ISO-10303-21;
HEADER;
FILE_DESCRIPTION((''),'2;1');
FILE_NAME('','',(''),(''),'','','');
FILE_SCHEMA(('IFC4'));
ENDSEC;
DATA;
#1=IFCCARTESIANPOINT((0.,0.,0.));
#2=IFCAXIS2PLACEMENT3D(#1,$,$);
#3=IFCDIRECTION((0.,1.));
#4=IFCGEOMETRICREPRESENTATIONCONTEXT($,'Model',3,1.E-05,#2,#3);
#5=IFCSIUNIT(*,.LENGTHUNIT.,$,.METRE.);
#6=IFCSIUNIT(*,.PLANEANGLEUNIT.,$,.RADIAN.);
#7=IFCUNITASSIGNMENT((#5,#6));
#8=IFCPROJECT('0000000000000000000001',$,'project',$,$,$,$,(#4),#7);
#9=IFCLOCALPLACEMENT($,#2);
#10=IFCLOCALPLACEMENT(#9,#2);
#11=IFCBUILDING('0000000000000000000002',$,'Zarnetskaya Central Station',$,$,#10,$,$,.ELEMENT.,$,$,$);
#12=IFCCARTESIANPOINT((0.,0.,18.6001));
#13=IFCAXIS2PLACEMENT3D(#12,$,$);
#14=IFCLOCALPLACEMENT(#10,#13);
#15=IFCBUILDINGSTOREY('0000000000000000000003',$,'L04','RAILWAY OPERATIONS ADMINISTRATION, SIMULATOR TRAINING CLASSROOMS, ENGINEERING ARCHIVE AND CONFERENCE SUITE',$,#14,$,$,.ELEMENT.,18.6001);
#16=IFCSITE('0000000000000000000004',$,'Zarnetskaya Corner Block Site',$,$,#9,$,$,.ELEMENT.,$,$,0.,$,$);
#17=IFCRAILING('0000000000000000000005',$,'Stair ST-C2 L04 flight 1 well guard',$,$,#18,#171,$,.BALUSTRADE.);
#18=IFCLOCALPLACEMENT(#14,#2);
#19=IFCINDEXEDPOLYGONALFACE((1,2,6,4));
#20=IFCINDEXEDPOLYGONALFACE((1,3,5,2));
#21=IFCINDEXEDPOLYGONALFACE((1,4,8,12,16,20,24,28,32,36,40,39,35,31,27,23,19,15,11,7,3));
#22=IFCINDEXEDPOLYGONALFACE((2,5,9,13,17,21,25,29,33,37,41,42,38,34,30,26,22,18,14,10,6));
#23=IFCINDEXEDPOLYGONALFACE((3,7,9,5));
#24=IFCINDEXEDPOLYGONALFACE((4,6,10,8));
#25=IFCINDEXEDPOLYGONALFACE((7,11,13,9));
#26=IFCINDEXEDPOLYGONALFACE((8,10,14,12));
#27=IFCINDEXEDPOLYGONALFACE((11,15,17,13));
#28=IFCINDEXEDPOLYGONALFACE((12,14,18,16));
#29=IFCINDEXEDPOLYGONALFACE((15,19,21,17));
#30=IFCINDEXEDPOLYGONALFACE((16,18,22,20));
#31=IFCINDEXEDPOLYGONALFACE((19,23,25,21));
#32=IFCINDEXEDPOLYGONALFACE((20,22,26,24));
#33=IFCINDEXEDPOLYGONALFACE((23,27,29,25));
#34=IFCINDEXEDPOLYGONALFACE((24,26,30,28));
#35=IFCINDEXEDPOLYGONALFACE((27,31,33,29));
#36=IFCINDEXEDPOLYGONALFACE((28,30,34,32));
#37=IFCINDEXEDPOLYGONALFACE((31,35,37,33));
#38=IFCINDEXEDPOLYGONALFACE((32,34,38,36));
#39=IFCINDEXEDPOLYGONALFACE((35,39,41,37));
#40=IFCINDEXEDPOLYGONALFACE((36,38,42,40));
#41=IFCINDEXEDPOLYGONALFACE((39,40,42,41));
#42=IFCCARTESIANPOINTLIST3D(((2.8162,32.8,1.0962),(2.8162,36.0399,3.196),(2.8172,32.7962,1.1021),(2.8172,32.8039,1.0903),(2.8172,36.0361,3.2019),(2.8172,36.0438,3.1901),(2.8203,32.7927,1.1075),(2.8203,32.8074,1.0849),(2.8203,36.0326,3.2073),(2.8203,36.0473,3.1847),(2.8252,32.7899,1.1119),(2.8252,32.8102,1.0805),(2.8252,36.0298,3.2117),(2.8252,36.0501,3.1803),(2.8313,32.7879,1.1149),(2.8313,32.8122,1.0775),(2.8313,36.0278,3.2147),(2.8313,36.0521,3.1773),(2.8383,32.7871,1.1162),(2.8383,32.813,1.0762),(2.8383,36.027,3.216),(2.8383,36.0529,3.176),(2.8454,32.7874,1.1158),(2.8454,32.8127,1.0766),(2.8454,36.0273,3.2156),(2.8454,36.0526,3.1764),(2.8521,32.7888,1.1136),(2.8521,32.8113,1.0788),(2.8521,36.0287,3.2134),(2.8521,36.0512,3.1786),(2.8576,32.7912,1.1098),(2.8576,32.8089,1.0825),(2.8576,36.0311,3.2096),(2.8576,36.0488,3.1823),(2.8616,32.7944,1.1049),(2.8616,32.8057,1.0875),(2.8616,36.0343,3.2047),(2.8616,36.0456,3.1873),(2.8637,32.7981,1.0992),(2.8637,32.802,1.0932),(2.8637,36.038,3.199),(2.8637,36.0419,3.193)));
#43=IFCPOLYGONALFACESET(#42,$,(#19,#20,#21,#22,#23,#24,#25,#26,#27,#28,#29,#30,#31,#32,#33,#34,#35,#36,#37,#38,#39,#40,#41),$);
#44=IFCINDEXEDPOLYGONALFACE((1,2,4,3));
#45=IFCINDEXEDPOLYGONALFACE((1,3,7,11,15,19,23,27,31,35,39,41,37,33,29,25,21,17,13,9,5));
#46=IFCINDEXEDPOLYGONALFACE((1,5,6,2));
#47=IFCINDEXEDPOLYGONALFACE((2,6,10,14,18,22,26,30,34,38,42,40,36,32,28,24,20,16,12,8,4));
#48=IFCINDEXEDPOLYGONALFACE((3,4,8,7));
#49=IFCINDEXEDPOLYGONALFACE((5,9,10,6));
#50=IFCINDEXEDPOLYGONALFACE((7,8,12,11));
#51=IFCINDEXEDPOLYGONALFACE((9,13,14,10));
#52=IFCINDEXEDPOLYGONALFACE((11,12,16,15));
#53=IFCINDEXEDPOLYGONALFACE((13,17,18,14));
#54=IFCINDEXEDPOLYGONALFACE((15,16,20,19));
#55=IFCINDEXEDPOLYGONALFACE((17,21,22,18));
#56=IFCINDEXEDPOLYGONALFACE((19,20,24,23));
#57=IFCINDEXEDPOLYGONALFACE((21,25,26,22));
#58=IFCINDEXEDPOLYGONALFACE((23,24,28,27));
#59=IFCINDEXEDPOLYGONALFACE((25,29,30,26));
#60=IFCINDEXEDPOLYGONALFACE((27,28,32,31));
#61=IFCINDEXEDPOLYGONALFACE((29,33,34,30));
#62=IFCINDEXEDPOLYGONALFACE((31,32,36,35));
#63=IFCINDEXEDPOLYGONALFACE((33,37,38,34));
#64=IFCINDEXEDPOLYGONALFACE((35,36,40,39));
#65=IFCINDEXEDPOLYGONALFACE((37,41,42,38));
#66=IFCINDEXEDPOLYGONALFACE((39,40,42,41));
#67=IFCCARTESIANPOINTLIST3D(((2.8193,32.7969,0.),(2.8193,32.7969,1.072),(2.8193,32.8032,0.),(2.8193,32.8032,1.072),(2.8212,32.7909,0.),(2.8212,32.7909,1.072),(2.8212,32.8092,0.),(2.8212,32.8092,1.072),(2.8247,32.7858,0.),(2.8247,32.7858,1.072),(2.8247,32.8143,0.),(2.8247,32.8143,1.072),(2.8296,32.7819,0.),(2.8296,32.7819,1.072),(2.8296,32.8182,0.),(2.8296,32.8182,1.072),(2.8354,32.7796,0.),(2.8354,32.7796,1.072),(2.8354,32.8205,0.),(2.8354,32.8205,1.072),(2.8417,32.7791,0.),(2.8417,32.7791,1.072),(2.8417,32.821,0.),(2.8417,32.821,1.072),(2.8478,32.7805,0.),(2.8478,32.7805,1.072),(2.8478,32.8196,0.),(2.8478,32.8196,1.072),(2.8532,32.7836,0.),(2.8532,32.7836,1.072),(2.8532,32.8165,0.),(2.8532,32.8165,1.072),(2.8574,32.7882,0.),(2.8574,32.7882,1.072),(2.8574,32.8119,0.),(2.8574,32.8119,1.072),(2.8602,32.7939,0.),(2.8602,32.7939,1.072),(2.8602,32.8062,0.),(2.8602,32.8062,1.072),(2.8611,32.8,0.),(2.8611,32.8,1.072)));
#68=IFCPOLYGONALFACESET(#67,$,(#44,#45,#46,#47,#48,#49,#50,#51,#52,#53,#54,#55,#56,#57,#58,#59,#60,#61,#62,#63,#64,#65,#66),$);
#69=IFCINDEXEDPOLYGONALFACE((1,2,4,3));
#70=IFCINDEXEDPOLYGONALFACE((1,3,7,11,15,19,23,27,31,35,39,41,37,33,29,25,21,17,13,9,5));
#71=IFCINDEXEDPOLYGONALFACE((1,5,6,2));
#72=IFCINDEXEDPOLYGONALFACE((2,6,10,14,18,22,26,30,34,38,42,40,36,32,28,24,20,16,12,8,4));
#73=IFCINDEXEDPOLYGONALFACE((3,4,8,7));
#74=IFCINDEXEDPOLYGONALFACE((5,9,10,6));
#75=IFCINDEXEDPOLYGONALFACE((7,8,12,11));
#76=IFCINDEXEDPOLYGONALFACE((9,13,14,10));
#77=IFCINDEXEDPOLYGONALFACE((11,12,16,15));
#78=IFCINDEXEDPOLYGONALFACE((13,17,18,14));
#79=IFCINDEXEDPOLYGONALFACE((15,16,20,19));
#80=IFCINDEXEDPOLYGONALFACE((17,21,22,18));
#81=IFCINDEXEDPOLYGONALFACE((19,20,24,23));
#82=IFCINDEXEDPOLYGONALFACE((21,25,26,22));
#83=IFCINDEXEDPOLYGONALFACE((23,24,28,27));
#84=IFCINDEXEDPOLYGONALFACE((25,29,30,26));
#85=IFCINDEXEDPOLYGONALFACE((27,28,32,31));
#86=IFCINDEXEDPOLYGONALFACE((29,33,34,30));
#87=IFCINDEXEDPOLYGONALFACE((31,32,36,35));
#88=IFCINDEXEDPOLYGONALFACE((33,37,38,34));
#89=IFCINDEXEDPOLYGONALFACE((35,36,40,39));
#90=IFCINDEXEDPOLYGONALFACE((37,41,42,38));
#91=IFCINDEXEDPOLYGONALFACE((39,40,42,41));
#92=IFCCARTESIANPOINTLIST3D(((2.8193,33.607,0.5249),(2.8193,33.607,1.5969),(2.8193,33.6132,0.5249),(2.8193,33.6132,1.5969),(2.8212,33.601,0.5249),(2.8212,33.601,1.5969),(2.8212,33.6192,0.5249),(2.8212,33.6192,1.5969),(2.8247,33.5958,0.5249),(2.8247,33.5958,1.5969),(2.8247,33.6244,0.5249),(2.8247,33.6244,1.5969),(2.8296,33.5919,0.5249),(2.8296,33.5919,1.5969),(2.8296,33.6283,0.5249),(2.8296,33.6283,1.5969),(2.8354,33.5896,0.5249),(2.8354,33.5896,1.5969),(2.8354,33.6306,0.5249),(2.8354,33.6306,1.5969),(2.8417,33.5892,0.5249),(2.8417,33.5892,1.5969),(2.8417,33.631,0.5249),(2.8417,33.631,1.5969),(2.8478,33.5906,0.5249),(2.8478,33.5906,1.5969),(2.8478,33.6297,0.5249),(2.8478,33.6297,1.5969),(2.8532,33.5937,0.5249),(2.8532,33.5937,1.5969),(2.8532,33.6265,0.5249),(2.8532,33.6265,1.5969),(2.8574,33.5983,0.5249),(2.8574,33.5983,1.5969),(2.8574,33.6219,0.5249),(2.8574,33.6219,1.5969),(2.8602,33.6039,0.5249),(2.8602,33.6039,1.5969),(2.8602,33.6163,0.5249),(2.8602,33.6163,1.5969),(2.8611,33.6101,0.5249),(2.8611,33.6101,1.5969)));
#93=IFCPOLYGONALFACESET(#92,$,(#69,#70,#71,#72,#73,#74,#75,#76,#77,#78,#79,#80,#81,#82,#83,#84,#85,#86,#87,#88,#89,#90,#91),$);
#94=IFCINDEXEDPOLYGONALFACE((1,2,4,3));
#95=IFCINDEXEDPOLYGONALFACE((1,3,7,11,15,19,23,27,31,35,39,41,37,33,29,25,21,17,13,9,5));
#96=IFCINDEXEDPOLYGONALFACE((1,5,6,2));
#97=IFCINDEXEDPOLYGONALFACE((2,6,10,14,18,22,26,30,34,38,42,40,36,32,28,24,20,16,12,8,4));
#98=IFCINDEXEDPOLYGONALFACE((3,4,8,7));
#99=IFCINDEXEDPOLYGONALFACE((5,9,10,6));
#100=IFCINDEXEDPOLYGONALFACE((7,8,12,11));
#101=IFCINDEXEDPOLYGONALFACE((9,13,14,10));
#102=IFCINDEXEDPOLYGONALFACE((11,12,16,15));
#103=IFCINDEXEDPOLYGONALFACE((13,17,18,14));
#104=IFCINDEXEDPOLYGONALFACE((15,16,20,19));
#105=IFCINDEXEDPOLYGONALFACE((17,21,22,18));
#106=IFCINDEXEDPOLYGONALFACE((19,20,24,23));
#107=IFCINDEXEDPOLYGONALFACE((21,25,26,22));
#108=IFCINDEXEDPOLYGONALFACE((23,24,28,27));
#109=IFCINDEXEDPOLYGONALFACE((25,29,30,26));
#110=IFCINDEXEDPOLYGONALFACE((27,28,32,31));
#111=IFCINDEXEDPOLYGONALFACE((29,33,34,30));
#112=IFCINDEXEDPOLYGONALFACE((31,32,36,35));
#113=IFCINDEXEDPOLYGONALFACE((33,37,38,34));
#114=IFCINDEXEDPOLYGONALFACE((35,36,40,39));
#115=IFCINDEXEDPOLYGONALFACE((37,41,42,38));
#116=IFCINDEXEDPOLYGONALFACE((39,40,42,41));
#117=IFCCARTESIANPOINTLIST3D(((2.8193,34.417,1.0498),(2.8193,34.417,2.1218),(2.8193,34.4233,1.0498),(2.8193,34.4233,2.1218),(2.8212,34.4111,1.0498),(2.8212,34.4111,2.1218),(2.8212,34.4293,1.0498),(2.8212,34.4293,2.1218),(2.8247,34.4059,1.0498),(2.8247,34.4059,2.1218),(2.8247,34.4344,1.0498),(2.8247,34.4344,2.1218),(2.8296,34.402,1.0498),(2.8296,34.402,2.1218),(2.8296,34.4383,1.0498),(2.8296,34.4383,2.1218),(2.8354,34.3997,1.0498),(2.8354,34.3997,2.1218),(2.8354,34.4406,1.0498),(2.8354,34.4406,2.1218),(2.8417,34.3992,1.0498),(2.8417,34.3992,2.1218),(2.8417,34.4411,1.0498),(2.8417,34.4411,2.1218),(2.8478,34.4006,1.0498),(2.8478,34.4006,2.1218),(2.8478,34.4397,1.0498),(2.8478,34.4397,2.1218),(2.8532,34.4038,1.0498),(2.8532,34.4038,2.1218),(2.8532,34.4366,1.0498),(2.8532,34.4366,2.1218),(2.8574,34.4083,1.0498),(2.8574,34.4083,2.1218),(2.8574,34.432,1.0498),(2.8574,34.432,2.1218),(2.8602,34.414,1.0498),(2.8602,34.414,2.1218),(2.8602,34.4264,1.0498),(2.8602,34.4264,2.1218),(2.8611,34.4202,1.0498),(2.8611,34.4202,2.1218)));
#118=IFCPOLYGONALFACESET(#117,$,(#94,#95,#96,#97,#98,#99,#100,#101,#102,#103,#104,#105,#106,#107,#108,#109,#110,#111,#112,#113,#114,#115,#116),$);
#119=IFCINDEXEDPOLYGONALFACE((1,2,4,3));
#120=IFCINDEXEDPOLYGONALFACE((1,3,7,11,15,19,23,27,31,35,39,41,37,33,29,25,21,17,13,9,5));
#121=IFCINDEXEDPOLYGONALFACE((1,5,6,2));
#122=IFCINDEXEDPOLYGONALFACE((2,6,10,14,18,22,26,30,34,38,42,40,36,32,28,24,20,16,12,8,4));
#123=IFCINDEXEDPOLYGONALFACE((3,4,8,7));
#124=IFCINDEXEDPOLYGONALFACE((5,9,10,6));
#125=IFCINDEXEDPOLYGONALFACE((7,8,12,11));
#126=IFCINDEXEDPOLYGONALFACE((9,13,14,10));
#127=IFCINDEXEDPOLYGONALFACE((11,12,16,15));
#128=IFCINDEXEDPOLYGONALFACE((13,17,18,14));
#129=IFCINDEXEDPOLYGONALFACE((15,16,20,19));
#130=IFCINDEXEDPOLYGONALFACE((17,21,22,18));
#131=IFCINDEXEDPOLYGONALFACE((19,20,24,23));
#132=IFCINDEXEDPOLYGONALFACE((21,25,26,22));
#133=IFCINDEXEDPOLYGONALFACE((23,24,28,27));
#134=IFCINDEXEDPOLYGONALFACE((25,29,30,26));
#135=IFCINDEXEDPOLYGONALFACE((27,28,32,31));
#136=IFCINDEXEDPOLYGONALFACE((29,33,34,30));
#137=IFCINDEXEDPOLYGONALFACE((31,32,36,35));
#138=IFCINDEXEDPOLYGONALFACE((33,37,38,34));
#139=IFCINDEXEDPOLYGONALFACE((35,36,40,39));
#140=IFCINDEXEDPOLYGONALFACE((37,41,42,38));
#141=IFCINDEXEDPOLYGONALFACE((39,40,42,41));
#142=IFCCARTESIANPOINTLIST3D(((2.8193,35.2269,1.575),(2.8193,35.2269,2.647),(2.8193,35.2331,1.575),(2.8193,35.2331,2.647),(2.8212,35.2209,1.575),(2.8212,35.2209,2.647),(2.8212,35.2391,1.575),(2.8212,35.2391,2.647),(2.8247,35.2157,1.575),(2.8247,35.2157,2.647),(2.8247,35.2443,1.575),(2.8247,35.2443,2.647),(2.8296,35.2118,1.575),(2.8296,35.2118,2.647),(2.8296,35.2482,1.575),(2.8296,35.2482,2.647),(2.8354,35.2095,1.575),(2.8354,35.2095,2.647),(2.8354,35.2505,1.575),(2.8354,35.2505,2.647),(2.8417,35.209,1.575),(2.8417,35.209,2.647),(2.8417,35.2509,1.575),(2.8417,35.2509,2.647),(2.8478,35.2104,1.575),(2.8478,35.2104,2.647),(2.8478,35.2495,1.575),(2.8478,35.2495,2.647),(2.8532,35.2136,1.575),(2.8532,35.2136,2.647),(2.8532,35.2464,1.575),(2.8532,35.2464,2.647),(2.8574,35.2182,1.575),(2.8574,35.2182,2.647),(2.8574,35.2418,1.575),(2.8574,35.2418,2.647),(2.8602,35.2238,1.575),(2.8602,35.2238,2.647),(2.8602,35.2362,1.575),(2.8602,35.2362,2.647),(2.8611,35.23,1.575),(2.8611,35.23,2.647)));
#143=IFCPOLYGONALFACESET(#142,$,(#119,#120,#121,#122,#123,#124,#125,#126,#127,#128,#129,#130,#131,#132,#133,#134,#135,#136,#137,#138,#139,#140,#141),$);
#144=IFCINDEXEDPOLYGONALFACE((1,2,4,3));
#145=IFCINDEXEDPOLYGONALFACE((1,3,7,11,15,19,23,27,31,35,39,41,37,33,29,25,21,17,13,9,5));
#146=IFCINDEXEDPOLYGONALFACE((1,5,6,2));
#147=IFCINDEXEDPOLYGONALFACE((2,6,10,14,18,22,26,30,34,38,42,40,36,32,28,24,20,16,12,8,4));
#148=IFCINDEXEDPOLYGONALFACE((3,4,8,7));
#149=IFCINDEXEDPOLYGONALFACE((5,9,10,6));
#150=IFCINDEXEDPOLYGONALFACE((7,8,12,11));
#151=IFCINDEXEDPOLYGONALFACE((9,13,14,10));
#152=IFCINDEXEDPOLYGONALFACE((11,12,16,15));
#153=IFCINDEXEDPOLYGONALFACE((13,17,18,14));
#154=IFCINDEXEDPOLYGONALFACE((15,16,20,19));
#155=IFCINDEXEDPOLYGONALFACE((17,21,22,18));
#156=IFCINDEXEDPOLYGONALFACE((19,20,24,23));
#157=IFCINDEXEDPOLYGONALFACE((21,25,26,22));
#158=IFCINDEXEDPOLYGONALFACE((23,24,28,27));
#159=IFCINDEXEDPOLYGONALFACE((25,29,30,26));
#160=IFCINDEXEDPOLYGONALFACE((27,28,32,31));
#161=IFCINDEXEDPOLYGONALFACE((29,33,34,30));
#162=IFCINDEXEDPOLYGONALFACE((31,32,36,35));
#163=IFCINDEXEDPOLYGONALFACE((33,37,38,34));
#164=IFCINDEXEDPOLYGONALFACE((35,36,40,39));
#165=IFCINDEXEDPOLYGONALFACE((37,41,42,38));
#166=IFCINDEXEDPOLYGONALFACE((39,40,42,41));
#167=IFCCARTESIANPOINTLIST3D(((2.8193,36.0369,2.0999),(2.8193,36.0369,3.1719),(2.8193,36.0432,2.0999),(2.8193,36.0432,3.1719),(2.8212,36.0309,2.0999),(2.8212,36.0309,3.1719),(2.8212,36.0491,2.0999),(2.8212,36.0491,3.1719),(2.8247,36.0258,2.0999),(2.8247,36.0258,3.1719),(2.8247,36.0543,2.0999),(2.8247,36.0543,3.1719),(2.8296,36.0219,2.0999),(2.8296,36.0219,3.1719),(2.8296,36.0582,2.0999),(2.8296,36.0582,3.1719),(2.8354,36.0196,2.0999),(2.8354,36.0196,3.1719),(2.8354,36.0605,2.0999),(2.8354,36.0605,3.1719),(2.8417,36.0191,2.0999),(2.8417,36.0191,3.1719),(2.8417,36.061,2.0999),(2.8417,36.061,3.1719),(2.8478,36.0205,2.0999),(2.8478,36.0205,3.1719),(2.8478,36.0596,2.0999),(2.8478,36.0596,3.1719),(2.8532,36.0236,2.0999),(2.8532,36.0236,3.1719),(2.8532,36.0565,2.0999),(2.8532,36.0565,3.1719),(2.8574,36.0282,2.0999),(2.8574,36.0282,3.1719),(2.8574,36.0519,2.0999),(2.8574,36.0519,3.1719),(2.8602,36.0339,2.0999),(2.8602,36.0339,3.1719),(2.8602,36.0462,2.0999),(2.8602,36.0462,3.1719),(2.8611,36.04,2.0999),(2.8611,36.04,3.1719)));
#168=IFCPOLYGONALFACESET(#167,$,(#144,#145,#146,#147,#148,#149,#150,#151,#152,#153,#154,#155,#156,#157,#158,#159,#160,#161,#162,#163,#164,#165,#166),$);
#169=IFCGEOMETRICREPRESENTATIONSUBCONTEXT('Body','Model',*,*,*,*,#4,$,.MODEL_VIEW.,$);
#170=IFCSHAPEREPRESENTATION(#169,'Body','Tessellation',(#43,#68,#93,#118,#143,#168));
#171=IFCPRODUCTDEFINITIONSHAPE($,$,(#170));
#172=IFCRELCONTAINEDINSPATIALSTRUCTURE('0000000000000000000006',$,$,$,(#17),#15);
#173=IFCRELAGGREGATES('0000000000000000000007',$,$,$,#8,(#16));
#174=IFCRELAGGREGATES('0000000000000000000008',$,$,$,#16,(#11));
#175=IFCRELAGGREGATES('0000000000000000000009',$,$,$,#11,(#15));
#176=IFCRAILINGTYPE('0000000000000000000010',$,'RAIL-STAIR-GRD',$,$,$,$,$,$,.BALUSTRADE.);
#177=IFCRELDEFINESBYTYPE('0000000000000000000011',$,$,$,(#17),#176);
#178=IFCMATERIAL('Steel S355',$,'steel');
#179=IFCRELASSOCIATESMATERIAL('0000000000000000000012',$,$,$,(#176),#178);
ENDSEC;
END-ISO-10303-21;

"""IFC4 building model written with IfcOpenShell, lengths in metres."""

from ifc_helpers import new_model, si_unit, direction, frame, origin, origin_2d, place, context, subcontext, project, spatial, circle, extrude, material, type_object, element, save


model = new_model("IFC4")

# Units and contexts
model_context = context("Model", 3, precision=1e-05, world=origin(), true_north=direction((0.0, 1.0)))
body_context = subcontext(model_context, "Body", "Model", "MODEL_VIEW")
ifc_project = project(units=[si_unit("LENGTHUNIT", "METRE"), si_unit("PLANEANGLEUNIT", "RADIAN")], contexts=[model_context])

# Site, building, storey
site_placement = place(None, origin())
site = spatial("IfcSite", under=ifc_project, at=site_placement, Name="Zarnetskaya Corner Block Site", CompositionType="ELEMENT", RefElevation=0.0)
building_placement = place(site_placement, origin())
building = spatial("IfcBuilding", under=site, at=building_placement, Name="Zarnetskaya Central Station", CompositionType="ELEMENT")
storey_placement = place(building_placement, frame((0.0, 0.0, 18.6001)))
storey = spatial("IfcBuildingStorey", under=building, at=storey_placement, Name="L04", Description="RAILWAY OPERATIONS ADMINISTRATION, SIMULATOR TRAINING CLASSROOMS, ENGINEERING ARCHIVE AND CONFERENCE SUITE", CompositionType="ELEMENT", Elevation=18.6001)

# Railing
ifc_material_1 = material(Name="Steel S355", Category="steel")
railing_type_1 = type_object("IfcRailingType", Name="RAIL-STAIR-GRD", PredefinedType="BALUSTRADE", material=ifc_material_1)
railing_1_placement = place(storey_placement, frame((2.8401, 32.8, 0.0)))
element("IfcRailing", 1, at=railing_1_placement, inside=storey, type_object=railing_type_1, Name="Stair ST-C2 L04 flight 1 well guard", PredefinedType="BALUSTRADE", context=body_context, shape_type="SweptSolid", body=[
    extrude(circle(Radius=0.0239, at=origin_2d()), frame((0.0, 0.0, 1.0962), z_axis=(0.0, 0.83917, 0.54387), x_axis=(-1.0, 0.0, 0.0)), (0.0, 0.0, 1.0), 3.8608),
    extrude(circle(Radius=0.021, at=origin_2d()), origin(), (0.0, 0.0, 1.0), 1.072),
    extrude(circle(Radius=0.021, at=origin_2d()), frame((0.0, 0.8101, 0.5249)), (0.0, 0.0, 1.0), 1.072),
    extrude(circle(Radius=0.021, at=origin_2d()), frame((0.0, 1.6201, 1.0498)), (0.0, 0.0, 1.0), 1.072),
    extrude(circle(Radius=0.021, at=origin_2d()), frame((0.0, 2.4299, 1.575)), (0.0, 0.0, 1.0), 1.072),
    extrude(circle(Radius=0.021, at=origin_2d()), frame((0.0, 3.24, 2.0999)), (0.0, 0.0, 1.0), 1.072),
])

save(model, "model.ifc")
